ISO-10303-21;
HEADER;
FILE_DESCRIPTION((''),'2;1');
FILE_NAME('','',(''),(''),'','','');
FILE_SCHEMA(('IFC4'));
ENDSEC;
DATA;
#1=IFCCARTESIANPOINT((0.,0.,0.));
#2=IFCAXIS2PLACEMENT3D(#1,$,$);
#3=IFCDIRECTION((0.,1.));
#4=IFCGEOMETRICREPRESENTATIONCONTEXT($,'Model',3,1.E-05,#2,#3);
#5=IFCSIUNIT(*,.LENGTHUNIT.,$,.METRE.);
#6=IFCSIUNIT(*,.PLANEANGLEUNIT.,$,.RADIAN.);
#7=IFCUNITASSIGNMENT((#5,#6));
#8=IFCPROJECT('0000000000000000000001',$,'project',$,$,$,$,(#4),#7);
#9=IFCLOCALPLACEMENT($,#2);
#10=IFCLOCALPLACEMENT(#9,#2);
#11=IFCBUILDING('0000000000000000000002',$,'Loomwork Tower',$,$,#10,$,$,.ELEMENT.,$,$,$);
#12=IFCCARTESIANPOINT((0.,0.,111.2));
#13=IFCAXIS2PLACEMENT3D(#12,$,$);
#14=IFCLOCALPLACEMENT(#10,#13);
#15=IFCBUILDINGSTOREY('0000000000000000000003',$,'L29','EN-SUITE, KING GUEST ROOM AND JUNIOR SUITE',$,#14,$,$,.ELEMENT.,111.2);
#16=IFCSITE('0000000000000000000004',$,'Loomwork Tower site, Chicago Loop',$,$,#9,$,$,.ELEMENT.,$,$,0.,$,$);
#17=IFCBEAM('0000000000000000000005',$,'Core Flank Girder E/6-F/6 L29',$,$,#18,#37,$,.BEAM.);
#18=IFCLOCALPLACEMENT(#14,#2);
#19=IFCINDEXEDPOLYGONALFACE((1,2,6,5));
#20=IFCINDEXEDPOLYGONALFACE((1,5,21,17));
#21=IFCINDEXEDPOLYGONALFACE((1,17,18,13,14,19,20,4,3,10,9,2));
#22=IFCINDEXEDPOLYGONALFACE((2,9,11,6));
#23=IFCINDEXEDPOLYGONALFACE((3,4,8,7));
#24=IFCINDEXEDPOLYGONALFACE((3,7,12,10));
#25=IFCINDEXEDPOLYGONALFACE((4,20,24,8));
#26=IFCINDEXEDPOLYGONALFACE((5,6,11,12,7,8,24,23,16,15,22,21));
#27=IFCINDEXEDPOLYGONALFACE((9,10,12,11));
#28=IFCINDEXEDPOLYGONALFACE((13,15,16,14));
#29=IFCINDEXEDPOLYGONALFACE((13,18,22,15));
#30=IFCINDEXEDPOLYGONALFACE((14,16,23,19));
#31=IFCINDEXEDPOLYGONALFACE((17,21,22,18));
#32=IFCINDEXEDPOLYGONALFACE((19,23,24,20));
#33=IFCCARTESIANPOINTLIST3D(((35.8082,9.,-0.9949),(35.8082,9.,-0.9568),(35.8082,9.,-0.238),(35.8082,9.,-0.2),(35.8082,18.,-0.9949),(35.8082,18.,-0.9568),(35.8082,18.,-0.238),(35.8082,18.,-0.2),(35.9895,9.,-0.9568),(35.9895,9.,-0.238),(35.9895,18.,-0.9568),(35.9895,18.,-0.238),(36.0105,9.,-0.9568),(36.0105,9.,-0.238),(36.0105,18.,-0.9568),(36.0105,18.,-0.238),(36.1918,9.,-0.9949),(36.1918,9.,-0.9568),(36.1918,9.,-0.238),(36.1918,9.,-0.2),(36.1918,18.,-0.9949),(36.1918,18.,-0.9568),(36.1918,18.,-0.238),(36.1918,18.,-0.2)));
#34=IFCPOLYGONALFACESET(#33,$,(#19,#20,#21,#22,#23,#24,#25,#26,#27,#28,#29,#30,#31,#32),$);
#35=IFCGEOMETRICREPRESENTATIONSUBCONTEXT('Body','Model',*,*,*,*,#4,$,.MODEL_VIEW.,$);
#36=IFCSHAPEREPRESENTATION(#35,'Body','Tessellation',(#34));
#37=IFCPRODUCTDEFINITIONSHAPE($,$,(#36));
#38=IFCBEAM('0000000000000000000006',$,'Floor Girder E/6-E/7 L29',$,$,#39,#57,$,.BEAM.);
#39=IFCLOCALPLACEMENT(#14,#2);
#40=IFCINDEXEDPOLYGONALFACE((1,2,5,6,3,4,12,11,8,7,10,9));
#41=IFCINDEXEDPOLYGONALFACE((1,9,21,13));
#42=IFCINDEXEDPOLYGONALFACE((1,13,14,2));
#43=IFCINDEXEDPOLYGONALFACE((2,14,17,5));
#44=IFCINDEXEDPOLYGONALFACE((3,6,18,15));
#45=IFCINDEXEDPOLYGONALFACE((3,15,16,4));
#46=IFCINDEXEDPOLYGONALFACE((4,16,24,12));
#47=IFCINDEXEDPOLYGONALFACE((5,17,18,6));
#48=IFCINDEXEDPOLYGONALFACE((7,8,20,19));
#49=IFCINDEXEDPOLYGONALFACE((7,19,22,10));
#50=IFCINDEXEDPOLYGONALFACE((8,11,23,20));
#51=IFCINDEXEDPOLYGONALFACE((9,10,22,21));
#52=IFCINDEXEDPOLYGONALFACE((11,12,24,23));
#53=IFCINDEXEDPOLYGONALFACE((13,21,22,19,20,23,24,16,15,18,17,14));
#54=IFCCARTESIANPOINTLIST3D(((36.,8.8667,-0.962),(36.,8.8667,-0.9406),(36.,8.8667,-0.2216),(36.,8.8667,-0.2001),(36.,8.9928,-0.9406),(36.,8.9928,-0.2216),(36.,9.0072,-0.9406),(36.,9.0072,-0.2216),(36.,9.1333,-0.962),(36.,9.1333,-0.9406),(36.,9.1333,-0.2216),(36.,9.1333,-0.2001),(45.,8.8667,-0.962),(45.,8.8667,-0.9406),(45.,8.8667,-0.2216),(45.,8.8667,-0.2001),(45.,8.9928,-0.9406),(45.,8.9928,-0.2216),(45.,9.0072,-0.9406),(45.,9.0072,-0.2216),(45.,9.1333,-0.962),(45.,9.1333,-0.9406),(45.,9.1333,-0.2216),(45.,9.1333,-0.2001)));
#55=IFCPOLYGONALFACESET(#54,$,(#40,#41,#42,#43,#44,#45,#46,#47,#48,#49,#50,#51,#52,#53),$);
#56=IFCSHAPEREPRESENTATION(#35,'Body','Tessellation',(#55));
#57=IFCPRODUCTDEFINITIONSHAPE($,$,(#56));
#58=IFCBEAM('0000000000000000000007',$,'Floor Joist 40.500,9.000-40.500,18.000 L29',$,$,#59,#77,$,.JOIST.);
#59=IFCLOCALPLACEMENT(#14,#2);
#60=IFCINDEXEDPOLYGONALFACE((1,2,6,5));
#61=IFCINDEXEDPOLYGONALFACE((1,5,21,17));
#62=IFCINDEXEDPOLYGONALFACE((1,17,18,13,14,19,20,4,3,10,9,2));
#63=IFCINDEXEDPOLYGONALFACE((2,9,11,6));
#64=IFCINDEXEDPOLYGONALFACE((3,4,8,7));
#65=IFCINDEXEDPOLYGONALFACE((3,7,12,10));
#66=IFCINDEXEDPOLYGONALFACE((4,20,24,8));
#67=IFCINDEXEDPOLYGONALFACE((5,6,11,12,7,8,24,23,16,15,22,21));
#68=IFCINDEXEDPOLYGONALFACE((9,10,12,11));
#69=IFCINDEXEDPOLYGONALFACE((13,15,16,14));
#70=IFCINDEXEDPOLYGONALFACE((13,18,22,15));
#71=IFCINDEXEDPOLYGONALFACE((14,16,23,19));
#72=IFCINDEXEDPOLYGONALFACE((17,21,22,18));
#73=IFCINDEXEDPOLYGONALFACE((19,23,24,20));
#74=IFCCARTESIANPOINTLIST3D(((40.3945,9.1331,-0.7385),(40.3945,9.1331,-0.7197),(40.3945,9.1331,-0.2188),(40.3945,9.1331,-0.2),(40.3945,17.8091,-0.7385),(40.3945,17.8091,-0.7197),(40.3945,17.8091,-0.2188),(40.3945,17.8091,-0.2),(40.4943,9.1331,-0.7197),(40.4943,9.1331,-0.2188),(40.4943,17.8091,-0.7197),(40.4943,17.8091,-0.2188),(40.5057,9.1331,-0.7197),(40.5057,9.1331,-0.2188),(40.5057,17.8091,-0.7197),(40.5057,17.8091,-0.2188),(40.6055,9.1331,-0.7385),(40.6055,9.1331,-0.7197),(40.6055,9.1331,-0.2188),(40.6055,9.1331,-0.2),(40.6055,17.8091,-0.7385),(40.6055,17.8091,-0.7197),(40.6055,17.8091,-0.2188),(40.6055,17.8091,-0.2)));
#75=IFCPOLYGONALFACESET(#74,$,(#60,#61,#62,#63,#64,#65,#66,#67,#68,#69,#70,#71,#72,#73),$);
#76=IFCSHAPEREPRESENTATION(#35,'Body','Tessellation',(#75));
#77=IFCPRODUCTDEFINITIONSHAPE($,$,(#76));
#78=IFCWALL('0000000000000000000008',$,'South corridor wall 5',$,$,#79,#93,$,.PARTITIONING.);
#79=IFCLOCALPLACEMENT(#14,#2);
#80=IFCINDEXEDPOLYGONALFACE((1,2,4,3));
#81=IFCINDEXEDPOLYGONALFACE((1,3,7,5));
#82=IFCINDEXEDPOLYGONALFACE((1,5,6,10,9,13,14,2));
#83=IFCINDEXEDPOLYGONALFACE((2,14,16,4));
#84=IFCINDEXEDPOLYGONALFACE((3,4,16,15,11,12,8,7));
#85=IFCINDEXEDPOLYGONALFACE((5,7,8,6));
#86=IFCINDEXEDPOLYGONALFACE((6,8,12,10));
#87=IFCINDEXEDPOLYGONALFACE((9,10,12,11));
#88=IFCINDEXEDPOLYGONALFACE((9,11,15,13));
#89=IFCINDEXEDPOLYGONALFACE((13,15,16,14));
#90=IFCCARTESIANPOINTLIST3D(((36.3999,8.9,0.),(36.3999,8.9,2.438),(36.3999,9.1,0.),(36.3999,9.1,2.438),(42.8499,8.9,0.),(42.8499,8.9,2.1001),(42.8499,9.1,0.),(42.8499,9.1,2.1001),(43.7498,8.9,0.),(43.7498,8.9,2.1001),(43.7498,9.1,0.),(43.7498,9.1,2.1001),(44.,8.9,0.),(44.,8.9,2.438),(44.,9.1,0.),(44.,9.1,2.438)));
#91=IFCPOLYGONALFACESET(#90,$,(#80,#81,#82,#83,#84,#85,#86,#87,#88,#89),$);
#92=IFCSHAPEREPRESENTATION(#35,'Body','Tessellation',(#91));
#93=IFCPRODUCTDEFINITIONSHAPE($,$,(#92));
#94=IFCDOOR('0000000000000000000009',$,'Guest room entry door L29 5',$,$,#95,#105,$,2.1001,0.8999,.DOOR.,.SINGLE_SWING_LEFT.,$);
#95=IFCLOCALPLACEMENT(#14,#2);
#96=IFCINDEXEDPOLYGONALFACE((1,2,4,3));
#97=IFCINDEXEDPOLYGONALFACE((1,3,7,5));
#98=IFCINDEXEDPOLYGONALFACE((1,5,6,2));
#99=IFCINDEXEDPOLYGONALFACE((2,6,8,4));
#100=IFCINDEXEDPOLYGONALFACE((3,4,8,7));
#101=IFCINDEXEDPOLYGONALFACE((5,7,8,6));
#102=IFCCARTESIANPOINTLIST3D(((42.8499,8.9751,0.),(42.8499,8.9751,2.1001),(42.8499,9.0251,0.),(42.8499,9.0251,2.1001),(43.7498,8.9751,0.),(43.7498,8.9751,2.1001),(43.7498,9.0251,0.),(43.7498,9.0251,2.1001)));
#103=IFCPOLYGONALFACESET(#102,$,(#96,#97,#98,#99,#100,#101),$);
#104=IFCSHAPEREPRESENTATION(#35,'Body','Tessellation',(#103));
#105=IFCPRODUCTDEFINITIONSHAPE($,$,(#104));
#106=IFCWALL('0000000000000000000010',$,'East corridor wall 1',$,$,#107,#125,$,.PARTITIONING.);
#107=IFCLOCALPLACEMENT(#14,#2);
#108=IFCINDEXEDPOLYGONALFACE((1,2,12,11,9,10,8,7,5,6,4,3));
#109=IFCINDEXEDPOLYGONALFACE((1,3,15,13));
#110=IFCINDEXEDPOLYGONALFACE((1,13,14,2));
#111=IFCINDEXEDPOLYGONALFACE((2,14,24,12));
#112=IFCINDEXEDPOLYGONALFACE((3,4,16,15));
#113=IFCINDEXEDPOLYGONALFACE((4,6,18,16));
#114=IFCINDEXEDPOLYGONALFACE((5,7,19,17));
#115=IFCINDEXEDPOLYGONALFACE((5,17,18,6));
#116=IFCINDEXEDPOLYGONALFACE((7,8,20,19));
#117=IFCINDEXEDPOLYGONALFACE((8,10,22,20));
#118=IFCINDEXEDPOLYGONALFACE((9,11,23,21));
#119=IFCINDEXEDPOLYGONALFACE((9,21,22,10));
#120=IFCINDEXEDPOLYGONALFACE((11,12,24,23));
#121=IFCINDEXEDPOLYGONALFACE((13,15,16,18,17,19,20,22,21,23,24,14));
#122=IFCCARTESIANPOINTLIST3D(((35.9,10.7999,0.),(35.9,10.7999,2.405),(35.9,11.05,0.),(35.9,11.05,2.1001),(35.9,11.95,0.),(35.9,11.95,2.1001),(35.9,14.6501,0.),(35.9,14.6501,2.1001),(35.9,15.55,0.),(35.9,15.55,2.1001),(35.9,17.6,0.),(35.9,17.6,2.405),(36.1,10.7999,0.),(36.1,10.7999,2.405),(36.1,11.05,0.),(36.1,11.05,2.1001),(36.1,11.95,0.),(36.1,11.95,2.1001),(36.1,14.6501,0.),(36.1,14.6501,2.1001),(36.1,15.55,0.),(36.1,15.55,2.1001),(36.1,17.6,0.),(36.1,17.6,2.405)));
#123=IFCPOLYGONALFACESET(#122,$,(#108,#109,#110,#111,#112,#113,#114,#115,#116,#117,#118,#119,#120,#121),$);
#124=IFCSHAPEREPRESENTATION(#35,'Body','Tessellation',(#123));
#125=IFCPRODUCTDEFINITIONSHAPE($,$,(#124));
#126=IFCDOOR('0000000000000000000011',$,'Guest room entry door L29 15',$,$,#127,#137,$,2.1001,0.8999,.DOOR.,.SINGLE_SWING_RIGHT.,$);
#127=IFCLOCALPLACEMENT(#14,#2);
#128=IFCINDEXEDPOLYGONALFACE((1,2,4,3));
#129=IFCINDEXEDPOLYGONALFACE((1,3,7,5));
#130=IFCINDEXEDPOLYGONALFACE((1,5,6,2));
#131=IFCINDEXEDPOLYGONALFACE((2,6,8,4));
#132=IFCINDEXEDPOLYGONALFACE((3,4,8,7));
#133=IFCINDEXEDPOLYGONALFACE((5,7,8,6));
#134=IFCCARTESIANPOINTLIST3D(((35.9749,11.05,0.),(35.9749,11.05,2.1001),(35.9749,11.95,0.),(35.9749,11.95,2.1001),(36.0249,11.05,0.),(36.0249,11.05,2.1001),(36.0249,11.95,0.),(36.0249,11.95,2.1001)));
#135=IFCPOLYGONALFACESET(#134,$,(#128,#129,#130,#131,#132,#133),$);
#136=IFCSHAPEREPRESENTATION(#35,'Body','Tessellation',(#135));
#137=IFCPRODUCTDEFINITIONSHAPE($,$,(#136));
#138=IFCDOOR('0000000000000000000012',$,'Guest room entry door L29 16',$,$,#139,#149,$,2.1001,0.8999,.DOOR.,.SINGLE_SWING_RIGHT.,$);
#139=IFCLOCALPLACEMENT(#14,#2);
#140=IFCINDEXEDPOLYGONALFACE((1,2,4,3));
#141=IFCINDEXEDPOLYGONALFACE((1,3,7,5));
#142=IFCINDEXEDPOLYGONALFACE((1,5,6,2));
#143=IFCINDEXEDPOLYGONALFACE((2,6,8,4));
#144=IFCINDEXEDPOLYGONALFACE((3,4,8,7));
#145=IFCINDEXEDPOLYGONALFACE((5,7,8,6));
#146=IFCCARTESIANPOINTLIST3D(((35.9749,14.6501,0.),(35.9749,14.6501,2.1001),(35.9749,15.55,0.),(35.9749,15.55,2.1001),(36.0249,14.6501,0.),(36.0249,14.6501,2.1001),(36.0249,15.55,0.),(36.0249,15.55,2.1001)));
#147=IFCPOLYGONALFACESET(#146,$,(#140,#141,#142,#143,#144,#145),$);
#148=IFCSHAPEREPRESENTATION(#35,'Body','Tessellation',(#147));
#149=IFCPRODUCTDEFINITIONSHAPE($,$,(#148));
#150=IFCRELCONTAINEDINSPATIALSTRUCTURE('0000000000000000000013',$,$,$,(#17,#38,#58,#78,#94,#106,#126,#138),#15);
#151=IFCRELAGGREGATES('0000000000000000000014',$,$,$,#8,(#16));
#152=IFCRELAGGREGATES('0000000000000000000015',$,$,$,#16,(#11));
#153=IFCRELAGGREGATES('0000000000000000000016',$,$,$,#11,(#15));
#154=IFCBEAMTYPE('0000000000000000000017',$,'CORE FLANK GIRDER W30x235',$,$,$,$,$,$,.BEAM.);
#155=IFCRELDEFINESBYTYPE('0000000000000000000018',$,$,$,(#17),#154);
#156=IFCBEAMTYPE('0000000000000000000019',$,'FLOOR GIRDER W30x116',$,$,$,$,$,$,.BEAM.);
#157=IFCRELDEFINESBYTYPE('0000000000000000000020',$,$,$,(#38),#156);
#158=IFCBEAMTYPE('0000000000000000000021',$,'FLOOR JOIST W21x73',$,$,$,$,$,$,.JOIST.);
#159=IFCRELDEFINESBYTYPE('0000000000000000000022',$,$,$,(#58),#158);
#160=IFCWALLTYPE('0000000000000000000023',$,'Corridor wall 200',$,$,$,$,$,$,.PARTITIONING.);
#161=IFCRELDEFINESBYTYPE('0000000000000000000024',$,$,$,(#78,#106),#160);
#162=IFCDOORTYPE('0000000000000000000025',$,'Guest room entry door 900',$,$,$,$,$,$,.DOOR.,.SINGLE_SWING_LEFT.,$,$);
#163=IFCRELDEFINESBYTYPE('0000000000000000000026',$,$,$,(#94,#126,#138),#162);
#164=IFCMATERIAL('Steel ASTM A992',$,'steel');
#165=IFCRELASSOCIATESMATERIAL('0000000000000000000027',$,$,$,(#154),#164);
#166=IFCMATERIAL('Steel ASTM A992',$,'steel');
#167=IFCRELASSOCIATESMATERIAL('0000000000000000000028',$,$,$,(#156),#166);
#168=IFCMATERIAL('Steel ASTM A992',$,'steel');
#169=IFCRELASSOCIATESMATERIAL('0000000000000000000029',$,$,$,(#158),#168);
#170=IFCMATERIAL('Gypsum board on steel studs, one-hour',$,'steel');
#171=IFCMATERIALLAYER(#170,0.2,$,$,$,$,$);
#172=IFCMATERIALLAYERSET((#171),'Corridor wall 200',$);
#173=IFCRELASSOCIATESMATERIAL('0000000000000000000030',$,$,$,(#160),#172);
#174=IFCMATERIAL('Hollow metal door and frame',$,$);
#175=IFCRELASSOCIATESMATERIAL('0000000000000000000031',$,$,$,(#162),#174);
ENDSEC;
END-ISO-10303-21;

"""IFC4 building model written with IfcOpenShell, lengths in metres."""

from ifc_helpers import new_model, si_unit, direction, frame, frame_2d, origin, origin_2d, place, context, subcontext, project, spatial, rectangle, i_section, extrude, material, layer, layer_set, material_profile, profile_set, type_object, element, fill, save


model = new_model("IFC4")

# Units and contexts
model_context = context("Model", 3, precision=1e-05, world=origin(), true_north=direction((0.0, 1.0)))
body_context = subcontext(model_context, "Body", "Model", "MODEL_VIEW")
ifc_project = project(units=[si_unit("LENGTHUNIT", "METRE"), si_unit("PLANEANGLEUNIT", "RADIAN")], contexts=[model_context])

# Site, building, storey
site_placement = place(None, origin())
site = spatial("IfcSite", under=ifc_project, at=site_placement, Name="Loomwork Tower site, Chicago Loop", CompositionType="ELEMENT", RefElevation=0.0)
building_placement = place(site_placement, origin())
building = spatial("IfcBuilding", under=site, at=building_placement, Name="Loomwork Tower", CompositionType="ELEMENT")
storey_placement = place(building_placement, frame((0.0, 0.0, 111.2)))
storey = spatial("IfcBuildingStorey", under=building, at=storey_placement, Name="L29", Description="EN-SUITE, KING GUEST ROOM AND JUNIOR SUITE", CompositionType="ELEMENT", Elevation=111.2)

# Beams
ifc_material_1 = material(Name="Steel ASTM A992", Category="steel")
ifc_material_profile_1 = material_profile(ifc_material_1, i_section(OverallWidth=0.3835, OverallDepth=0.7949, WebThickness=0.021, FlangeThickness=0.0381, at=origin_2d()), Name="W30x235")
ifc_profile_set_1 = profile_set([ifc_material_profile_1], Name="Steel ASTM A992")
beam_type_1 = type_object("IfcBeamType", Name="CORE FLANK GIRDER W30x235", PredefinedType="BEAM", material=ifc_profile_set_1)
beam_1_placement = place(storey_placement, frame((36.0, 9.0, -0.5974), z_axis=(0.0, 1.0, 0.0), x_axis=(-1.0, 0.0, 0.0)))
element("IfcBeam", 1, at=beam_1_placement, inside=storey, type_object=beam_type_1, Name="Core Flank Girder E/6-F/6 L29", PredefinedType="BEAM", context=body_context, shape_type="SweptSolid", body=[
    extrude(i_section(OverallWidth=0.3835, OverallDepth=0.7949, WebThickness=0.021, FlangeThickness=0.0381, at=origin_2d()), origin(), (0.0, 0.0, 1.0), 9.0),
])
ifc_material_2 = material(Name="Steel ASTM A992", Category="steel")
ifc_material_profile_2 = material_profile(ifc_material_2, i_section(OverallWidth=0.2666, OverallDepth=0.762, WebThickness=0.0144, FlangeThickness=0.0215, at=origin_2d()), Name="W30x116")
ifc_profile_set_2 = profile_set([ifc_material_profile_2], Name="Steel ASTM A992")
beam_type_2 = type_object("IfcBeamType", Name="FLOOR GIRDER W30x116", PredefinedType="BEAM", material=ifc_profile_set_2)
beam_2_placement = place(storey_placement, frame((36.0, 9.0, -0.5811), z_axis=(1.0, 0.0, 0.0), x_axis=(0.0, 1.0, 0.0)))
element("IfcBeam", 2, at=beam_2_placement, inside=storey, type_object=beam_type_2, Name="Floor Girder E/6-E/7 L29", PredefinedType="BEAM", context=body_context, shape_type="SweptSolid", body=[
    extrude(i_section(OverallWidth=0.2666, OverallDepth=0.762, WebThickness=0.0144, FlangeThickness=0.0215, at=origin_2d()), origin(), (0.0, 0.0, 1.0), 9.0),
])
ifc_material_3 = material(Name="Steel ASTM A992", Category="steel")
ifc_material_profile_3 = material_profile(ifc_material_3, i_section(OverallWidth=0.2109, OverallDepth=0.5386, WebThickness=0.0115, FlangeThickness=0.0188, at=origin_2d()), Name="W21x73")
ifc_profile_set_3 = profile_set([ifc_material_profile_3], Name="Steel ASTM A992")
beam_type_3 = type_object("IfcBeamType", Name="FLOOR JOIST W21x73", PredefinedType="JOIST", material=ifc_profile_set_3)
beam_3_placement = place(storey_placement, frame((40.5, 9.1331, -0.4692), z_axis=(0.0, 1.0, 0.0), x_axis=(-1.0, 0.0, 0.0)))
element("IfcBeam", 3, at=beam_3_placement, inside=storey, type_object=beam_type_3, Name="Floor Joist 40.500,9.000-40.500,18.000 L29", PredefinedType="JOIST", context=body_context, shape_type="SweptSolid", body=[
    extrude(i_section(OverallWidth=0.2109, OverallDepth=0.5386, WebThickness=0.0115, FlangeThickness=0.0188, at=origin_2d()), origin(), (0.0, 0.0, 1.0), 8.676),
])

# Wall, opening, door
ifc_material_4 = material(Name="Gypsum board on steel studs, one-hour", Category="steel")
ifc_layer_1 = layer(ifc_material_4, 0.2)
ifc_layer_set_1 = layer_set([ifc_layer_1], Name="Corridor wall 200")
wall_type_1 = type_object("IfcWallType", Name="Corridor wall 200", PredefinedType="PARTITIONING", material=ifc_layer_set_1)
wall_1_placement = place(storey_placement, frame((36.3999, 9.0, 0.0), z_axis=(0.0, 0.0, 1.0), x_axis=(1.0, 0.0, 0.0)))
wall_1 = element("IfcWall", 4, at=wall_1_placement, inside=storey, type_object=wall_type_1, Name="South corridor wall 5", PredefinedType="PARTITIONING", context=body_context, shape_type="SweptSolid", body=[
    extrude(rectangle(XDim=7.6001, YDim=0.2, at=frame_2d((3.8, 0.0))), origin(), (0.0, 0.0, 1.0), 2.438),
])
opening_1_placement = place(wall_1_placement, frame((6.45, 0.0, 0.0)))
opening_1 = element("IfcOpeningElement", 5, at=opening_1_placement, cuts=wall_1, PredefinedType="OPENING", context=body_context, shape_type="SweptSolid", body=[
    extrude(rectangle(XDim=0.8999, YDim=2.1001, at=frame_2d((0.45, 1.05))), frame((0.0, 0.1099, 0.0), z_axis=(0.0, -1.0, 0.0), x_axis=(1.0, 0.0, 0.0)), (0.0, 0.0, 1.0), 0.22),
])
ifc_material_5 = material(Name="Hollow metal door and frame")
door_type_1 = type_object("IfcDoorType", Name="Guest room entry door 900", OperationType="SINGLE_SWING_LEFT", PredefinedType="DOOR", material=ifc_material_5)
door_1_placement = place(opening_1_placement, frame((0.8999, 0.0, 0.0), z_axis=(0.0, 0.0, 1.0), x_axis=(-1.0, 0.0, 0.0)))
door_1 = element("IfcDoor", 6, at=door_1_placement, inside=storey, type_object=door_type_1, Name="Guest room entry door L29 5", OperationType="SINGLE_SWING_LEFT", OverallHeight=2.1001, OverallWidth=0.8999, PredefinedType="DOOR", context=body_context, shape_type="SweptSolid", body=[
    extrude(rectangle(XDim=0.8999, YDim=2.1001, at=frame_2d((0.45, 1.05))), frame((0.0, 0.0249, 0.0), z_axis=(0.0, -1.0, 0.0), x_axis=(1.0, 0.0, 0.0)), (0.0, 0.0, 1.0), 0.05),
])
fill(opening_1, door_1)

# Wall, openings, doors
wall_2_placement = place(storey_placement, frame((36.0, 10.8, 0.0), z_axis=(0.0, 0.0, 1.0), x_axis=(0.0, 1.0, 0.0)))
wall_2 = element("IfcWall", 7, at=wall_2_placement, inside=storey, type_object=wall_type_1, Name="East corridor wall 1", PredefinedType="PARTITIONING", context=body_context, shape_type="SweptSolid", body=[
    extrude(rectangle(XDim=6.8, YDim=0.2, at=frame_2d((3.3999, 0.0))), origin(), (0.0, 0.0, 1.0), 2.405),
])
opening_2_placement = place(wall_2_placement, frame((0.25, 0.0, 0.0)))
opening_2 = element("IfcOpeningElement", 8, at=opening_2_placement, cuts=wall_2, PredefinedType="OPENING", context=body_context, shape_type="SweptSolid", body=[
    extrude(rectangle(XDim=0.8999, YDim=2.1001, at=frame_2d((0.45, 1.05))), frame((0.0, 0.1099, 0.0), z_axis=(0.0, -1.0, 0.0), x_axis=(1.0, 0.0, 0.0)), (0.0, 0.0, 1.0), 0.22),
])
opening_3_placement = place(wall_2_placement, frame((3.8501, 0.0, 0.0)))
opening_3 = element("IfcOpeningElement", 9, at=opening_3_placement, cuts=wall_2, PredefinedType="OPENING", context=body_context, shape_type="SweptSolid", body=[
    extrude(rectangle(XDim=0.8999, YDim=2.1001, at=frame_2d((0.45, 1.05))), frame((0.0, 0.1099, 0.0), z_axis=(0.0, -1.0, 0.0), x_axis=(1.0, 0.0, 0.0)), (0.0, 0.0, 1.0), 0.22),
])
door_2_placement = place(opening_2_placement, frame((0.8999, 0.0, 0.0), z_axis=(0.0, 0.0, 1.0), x_axis=(-1.0, 0.0, 0.0)))
door_2 = element("IfcDoor", 10, at=door_2_placement, inside=storey, type_object=door_type_1, Name="Guest room entry door L29 15", OperationType="SINGLE_SWING_RIGHT", OverallHeight=2.1001, OverallWidth=0.8999, PredefinedType="DOOR", context=body_context, shape_type="SweptSolid", body=[
    extrude(rectangle(XDim=0.8999, YDim=2.1001, at=frame_2d((0.45, 1.05))), frame((0.0, 0.0249, 0.0), z_axis=(0.0, -1.0, 0.0), x_axis=(1.0, 0.0, 0.0)), (0.0, 0.0, 1.0), 0.05),
])
fill(opening_2, door_2)
door_3_placement = place(opening_3_placement, frame((0.8999, 0.0, 0.0), z_axis=(0.0, 0.0, 1.0), x_axis=(-1.0, 0.0, 0.0)))
door_3 = element("IfcDoor", 11, at=door_3_placement, inside=storey, type_object=door_type_1, Name="Guest room entry door L29 16", OperationType="SINGLE_SWING_RIGHT", OverallHeight=2.1001, OverallWidth=0.8999, PredefinedType="DOOR", context=body_context, shape_type="SweptSolid", body=[
    extrude(rectangle(XDim=0.8999, YDim=2.1001, at=frame_2d((0.45, 1.05))), frame((0.0, 0.0249, 0.0), z_axis=(0.0, -1.0, 0.0), x_axis=(1.0, 0.0, 0.0)), (0.0, 0.0, 1.0), 0.05),
])
fill(opening_3, door_3)

save(model, "model.ifc")
